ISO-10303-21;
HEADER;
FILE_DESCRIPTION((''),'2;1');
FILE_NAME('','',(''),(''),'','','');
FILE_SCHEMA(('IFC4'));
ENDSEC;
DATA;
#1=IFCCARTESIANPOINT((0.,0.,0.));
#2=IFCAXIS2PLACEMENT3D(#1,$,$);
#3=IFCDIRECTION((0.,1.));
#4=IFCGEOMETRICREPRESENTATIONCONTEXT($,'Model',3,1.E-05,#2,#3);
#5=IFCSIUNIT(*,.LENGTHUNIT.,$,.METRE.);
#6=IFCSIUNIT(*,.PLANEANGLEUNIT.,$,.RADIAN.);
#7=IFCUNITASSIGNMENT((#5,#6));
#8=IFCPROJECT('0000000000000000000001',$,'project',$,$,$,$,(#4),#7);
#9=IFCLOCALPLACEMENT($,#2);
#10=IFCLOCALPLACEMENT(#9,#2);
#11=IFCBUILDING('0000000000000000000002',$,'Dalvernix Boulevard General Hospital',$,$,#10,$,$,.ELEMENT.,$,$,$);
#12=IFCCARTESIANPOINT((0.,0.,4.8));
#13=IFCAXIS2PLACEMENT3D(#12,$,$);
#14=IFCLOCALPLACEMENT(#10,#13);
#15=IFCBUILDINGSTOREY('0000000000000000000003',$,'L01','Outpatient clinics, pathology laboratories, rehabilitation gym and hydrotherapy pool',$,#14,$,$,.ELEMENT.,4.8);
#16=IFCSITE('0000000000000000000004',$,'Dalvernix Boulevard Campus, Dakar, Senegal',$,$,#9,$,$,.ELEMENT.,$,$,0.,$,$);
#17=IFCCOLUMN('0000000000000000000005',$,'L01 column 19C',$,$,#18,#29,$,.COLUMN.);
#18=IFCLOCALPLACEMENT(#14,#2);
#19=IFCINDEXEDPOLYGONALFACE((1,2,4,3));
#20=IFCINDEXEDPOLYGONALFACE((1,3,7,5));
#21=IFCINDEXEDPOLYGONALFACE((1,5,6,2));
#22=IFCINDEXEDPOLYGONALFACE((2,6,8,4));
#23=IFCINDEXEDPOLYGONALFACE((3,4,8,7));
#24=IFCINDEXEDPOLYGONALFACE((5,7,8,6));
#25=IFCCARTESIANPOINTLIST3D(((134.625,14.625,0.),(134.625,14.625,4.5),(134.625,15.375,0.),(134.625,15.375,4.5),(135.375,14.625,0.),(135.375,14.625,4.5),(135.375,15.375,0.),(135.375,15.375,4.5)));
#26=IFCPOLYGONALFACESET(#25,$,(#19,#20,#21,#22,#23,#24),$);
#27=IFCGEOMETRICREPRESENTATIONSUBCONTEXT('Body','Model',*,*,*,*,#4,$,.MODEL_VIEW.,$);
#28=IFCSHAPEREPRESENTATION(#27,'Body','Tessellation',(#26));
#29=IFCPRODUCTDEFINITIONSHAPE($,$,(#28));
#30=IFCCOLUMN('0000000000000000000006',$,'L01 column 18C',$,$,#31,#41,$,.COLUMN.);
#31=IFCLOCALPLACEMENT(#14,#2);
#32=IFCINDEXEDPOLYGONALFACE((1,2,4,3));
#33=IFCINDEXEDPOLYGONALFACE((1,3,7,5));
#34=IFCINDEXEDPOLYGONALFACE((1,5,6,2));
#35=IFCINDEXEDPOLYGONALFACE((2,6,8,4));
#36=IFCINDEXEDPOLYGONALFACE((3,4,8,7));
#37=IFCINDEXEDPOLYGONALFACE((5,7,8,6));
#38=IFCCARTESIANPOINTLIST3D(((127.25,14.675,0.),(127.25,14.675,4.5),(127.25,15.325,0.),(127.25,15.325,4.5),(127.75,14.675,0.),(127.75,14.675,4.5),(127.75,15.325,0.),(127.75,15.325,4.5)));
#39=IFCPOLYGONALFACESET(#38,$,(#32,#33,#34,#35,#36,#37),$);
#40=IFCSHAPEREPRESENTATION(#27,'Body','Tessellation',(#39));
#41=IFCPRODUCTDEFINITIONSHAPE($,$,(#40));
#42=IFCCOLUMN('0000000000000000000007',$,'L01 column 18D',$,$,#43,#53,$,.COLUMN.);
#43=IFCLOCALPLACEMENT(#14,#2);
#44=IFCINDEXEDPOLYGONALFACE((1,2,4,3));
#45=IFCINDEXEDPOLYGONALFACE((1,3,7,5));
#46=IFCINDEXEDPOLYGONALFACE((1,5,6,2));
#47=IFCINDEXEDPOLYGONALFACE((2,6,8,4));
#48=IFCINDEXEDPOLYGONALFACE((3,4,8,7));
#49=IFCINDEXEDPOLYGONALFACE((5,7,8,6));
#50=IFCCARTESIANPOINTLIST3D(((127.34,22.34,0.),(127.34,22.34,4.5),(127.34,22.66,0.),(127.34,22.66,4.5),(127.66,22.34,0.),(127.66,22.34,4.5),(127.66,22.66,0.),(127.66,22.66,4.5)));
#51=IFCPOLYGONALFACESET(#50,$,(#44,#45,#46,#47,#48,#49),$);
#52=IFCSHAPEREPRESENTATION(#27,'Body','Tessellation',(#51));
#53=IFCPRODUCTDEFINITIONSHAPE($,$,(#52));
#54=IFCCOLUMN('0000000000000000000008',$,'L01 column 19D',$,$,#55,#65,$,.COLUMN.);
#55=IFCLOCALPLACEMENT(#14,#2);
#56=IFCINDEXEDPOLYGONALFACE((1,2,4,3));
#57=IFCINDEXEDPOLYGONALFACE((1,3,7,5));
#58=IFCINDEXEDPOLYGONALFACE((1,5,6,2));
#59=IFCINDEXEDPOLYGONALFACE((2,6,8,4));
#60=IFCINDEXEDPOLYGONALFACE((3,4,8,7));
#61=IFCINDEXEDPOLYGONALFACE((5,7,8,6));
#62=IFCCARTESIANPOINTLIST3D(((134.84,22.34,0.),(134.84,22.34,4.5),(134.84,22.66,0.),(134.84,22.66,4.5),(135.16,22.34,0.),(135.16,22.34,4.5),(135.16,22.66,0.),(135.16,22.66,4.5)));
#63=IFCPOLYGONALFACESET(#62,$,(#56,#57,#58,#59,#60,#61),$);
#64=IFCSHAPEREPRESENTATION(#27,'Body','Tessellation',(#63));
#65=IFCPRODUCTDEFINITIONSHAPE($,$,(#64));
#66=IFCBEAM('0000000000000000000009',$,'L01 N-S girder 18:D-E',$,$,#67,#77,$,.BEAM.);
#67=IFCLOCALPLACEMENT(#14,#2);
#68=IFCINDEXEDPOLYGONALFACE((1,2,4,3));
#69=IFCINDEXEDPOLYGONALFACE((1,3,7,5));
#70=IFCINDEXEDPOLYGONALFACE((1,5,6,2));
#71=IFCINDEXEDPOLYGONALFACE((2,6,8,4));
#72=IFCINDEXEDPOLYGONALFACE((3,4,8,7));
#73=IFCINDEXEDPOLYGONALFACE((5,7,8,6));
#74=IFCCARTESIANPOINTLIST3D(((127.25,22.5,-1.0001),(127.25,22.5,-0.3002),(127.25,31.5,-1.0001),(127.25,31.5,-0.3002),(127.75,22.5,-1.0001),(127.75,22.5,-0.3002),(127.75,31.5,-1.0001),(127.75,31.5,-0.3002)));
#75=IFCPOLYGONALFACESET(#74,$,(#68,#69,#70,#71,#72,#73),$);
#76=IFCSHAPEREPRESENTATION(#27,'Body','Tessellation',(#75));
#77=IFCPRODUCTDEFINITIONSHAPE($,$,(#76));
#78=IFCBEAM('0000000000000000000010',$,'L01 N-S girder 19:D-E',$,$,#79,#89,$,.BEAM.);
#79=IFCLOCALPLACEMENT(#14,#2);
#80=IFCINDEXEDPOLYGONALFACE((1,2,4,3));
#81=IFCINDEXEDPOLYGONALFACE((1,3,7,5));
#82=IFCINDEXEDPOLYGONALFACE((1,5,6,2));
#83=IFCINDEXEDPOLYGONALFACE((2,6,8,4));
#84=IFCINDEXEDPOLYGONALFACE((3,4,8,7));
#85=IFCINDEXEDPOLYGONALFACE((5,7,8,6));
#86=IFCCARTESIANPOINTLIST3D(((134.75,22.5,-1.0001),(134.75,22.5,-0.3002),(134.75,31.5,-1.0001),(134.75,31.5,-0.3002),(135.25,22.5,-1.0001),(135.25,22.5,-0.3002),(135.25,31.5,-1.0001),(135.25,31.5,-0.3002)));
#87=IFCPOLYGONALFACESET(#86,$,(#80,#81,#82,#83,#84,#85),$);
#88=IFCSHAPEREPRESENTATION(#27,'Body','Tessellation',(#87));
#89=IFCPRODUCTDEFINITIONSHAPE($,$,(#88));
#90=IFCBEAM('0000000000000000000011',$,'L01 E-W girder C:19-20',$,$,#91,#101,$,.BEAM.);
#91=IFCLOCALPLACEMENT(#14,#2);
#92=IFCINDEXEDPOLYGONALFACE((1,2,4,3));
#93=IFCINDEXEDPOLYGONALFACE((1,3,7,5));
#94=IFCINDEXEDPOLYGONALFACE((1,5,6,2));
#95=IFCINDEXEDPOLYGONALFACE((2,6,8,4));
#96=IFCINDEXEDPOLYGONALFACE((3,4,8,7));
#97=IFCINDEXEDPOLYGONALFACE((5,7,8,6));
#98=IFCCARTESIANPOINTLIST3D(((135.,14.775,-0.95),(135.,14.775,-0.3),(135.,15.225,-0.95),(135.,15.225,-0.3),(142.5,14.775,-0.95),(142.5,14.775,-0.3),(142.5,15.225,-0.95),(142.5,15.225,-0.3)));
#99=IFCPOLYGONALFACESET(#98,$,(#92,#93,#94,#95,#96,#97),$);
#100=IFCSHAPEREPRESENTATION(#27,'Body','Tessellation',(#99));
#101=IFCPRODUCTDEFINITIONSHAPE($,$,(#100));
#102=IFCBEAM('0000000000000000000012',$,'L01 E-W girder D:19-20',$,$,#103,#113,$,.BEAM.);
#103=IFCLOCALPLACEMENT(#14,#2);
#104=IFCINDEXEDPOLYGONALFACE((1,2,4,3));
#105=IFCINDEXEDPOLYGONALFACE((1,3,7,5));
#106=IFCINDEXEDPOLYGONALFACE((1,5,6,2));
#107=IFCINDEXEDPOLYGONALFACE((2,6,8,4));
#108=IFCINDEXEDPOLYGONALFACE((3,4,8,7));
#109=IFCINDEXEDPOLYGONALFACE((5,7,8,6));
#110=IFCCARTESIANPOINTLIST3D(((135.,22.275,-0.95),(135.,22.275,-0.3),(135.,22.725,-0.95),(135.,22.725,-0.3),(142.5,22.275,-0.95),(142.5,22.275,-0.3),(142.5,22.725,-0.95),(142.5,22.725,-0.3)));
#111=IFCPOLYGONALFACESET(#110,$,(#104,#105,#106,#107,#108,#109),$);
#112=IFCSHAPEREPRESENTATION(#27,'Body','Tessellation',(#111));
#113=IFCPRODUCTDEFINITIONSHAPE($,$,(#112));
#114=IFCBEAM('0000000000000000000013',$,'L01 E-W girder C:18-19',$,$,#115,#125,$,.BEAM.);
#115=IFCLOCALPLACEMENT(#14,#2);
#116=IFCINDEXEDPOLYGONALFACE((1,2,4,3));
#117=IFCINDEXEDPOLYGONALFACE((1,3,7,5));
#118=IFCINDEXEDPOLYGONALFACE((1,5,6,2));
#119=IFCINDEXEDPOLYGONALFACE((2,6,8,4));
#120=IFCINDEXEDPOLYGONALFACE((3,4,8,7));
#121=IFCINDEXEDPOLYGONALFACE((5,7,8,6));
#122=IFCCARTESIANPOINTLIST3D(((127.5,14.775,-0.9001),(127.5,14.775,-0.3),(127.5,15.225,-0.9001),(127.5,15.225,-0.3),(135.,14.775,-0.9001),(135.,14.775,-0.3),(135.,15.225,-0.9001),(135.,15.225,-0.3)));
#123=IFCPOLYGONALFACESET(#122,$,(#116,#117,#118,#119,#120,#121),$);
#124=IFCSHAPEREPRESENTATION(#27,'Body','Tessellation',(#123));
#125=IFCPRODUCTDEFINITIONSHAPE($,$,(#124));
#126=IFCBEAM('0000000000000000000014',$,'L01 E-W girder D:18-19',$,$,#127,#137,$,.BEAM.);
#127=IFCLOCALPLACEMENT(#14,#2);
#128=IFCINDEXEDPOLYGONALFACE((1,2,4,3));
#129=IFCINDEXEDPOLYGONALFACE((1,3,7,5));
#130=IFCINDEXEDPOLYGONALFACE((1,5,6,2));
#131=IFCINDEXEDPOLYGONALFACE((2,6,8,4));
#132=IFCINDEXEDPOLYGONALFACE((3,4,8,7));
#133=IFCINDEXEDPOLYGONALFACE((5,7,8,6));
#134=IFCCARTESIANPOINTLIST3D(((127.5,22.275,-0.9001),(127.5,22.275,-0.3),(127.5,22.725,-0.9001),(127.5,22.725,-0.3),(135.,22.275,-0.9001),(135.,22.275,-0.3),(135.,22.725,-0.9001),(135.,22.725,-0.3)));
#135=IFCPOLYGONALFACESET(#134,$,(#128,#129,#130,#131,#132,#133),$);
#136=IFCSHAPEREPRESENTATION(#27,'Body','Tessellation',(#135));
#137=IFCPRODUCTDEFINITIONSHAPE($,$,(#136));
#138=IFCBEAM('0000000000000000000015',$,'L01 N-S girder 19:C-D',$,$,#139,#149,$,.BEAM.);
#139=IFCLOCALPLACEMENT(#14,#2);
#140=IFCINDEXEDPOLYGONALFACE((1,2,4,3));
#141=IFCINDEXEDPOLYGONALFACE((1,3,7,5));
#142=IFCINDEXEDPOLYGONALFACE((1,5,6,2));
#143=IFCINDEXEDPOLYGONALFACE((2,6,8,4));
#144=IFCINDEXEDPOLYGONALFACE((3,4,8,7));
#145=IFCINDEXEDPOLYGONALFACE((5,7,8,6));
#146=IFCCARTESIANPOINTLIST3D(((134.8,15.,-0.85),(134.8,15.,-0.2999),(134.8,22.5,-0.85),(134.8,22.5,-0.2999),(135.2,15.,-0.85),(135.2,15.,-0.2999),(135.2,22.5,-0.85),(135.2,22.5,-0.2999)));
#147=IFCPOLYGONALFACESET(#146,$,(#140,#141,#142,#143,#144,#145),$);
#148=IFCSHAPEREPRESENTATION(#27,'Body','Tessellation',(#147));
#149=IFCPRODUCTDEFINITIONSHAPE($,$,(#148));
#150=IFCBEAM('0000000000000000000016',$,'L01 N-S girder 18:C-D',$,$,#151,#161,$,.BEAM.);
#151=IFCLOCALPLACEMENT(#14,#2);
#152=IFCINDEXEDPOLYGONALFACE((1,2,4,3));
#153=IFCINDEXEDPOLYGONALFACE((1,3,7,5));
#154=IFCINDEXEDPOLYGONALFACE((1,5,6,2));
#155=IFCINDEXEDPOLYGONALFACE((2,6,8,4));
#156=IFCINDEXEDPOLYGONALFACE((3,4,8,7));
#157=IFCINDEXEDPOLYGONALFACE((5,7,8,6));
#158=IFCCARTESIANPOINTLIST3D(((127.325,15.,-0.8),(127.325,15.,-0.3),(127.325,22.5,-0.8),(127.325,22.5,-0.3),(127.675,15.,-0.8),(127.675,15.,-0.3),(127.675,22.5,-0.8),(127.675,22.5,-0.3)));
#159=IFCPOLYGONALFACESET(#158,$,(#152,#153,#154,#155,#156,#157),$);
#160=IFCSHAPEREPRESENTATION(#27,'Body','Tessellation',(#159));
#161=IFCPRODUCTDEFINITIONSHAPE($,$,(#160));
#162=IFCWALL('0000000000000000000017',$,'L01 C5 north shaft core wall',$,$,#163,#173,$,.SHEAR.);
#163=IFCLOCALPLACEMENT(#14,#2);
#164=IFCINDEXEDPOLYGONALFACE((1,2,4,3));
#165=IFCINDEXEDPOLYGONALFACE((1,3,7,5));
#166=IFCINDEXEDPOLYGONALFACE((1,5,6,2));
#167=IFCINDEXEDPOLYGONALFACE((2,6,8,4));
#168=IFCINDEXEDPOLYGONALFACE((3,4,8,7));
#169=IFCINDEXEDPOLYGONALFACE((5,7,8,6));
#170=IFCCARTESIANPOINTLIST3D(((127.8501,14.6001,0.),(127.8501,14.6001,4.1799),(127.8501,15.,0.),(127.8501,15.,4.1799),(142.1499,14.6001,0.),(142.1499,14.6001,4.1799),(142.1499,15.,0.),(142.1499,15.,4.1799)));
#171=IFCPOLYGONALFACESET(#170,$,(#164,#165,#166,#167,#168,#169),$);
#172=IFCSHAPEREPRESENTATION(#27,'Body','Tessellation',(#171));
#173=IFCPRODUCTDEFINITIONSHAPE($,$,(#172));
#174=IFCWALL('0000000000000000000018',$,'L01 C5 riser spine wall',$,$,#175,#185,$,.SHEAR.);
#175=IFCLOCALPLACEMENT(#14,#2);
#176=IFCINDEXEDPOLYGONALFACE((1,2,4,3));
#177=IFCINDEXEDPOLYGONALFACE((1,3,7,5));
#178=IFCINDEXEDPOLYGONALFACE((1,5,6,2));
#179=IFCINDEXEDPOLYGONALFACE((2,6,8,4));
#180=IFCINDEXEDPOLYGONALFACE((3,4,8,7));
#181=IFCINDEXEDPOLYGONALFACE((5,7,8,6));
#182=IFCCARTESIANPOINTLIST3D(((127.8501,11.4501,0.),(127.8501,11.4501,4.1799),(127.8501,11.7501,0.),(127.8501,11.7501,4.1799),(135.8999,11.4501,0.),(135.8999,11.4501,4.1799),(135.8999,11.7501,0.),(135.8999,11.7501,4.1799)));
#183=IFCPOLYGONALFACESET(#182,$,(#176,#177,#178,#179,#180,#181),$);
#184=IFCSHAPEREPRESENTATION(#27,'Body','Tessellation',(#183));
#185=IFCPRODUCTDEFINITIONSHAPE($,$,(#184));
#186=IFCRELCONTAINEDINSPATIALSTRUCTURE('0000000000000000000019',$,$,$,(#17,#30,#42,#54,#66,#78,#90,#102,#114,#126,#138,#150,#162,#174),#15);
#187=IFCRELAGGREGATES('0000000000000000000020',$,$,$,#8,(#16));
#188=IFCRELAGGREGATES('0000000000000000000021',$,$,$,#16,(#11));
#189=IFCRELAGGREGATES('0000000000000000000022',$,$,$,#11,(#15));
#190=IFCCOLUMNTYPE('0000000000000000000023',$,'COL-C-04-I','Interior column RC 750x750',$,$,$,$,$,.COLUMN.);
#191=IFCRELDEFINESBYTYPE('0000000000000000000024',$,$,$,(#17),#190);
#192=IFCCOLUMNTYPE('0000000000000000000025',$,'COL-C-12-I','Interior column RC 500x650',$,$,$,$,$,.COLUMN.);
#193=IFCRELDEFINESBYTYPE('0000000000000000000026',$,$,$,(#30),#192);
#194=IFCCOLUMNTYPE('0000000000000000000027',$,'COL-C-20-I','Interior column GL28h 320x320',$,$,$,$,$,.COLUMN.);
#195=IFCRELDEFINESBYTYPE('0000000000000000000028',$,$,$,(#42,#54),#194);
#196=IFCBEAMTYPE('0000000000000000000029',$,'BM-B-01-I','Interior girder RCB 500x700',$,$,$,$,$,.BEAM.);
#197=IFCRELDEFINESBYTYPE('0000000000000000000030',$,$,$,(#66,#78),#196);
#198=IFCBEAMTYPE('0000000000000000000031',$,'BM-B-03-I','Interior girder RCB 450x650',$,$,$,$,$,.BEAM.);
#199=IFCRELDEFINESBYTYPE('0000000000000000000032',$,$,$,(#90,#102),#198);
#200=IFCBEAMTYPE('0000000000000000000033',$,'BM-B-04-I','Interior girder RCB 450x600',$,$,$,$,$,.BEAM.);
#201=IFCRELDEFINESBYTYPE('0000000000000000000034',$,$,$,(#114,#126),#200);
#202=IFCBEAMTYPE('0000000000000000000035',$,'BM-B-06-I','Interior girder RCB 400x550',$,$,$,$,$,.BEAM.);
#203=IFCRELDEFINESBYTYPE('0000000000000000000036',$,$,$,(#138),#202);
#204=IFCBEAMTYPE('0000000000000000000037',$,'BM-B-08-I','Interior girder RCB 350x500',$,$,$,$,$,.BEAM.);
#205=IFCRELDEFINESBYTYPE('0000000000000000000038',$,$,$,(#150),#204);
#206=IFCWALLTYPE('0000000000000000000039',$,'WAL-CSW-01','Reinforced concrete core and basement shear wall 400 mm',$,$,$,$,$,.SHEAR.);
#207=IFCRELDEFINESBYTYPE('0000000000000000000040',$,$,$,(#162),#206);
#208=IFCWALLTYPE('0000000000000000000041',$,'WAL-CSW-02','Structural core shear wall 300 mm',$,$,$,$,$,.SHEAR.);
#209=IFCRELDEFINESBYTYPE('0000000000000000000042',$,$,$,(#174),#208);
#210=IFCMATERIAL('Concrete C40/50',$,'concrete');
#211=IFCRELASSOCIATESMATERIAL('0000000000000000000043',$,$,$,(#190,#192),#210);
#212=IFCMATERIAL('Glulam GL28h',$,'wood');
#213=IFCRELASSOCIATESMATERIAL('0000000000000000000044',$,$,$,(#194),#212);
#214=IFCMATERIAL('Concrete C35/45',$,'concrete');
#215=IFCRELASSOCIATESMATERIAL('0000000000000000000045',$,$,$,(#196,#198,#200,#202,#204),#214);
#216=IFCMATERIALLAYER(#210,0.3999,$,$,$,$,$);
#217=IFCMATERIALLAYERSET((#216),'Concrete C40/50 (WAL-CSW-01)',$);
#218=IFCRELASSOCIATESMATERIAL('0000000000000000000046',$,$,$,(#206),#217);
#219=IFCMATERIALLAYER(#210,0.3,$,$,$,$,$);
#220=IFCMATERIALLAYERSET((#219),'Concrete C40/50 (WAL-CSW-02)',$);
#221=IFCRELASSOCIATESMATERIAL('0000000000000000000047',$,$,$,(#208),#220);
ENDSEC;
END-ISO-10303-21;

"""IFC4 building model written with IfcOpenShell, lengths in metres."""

from ifc_helpers import new_model, si_unit, direction, frame, frame_2d, origin, origin_2d, place, context, subcontext, project, spatial, rectangle, extrude, material, layer, layer_set, material_profile, profile_set, type_object, element, save


model = new_model("IFC4")

# Units and contexts
model_context = context("Model", 3, precision=1e-05, world=origin(), true_north=direction((0.0, 1.0)))
body_context = subcontext(model_context, "Body", "Model", "MODEL_VIEW")
ifc_project = project(units=[si_unit("LENGTHUNIT", "METRE"), si_unit("PLANEANGLEUNIT", "RADIAN")], contexts=[model_context])

# Site, building, storey
site_placement = place(None, origin())
site = spatial("IfcSite", under=ifc_project, at=site_placement, Name="Dalvernix Boulevard Campus, Dakar, Senegal", CompositionType="ELEMENT", RefElevation=0.0)
building_placement = place(site_placement, origin())
building = spatial("IfcBuilding", under=site, at=building_placement, Name="Dalvernix Boulevard General Hospital", CompositionType="ELEMENT")
storey_placement = place(building_placement, frame((0.0, 0.0, 4.8)))
storey = spatial("IfcBuildingStorey", under=building, at=storey_placement, Name="L01", Description="Outpatient clinics, pathology laboratories, rehabilitation gym and hydrotherapy pool", CompositionType="ELEMENT", Elevation=4.8)

# Columns
ifc_material_1 = material(Name="Concrete C40/50", Category="concrete")
ifc_material_profile_1 = material_profile(ifc_material_1, rectangle(XDim=0.75, YDim=0.75, at=origin_2d()), Name="RC 750x750")
ifc_profile_set_1 = profile_set([ifc_material_profile_1], Name="Concrete C40/50")
column_type_1 = type_object("IfcColumnType", Name="COL-C-04-I", Description="Interior column RC 750x750", PredefinedType="COLUMN", material=ifc_profile_set_1)
column_1_placement = place(storey_placement, frame((135.0, 15.0, 0.0), z_axis=(0.0, 0.0, 1.0), x_axis=(1.0, 0.0, 0.0)))
element("IfcColumn", 1, at=column_1_placement, inside=storey, type_object=column_type_1, Name="L01 column 19C", PredefinedType="COLUMN", context=body_context, shape_type="SweptSolid", body=[
    extrude(rectangle(XDim=0.75, YDim=0.75, at=origin_2d()), origin(), (0.0, 0.0, 1.0), 4.5),
])
ifc_material_profile_2 = material_profile(ifc_material_1, rectangle(XDim=0.5, YDim=0.6499, at=origin_2d()), Name="RC 500x650")
ifc_profile_set_2 = profile_set([ifc_material_profile_2], Name="Concrete C40/50")
column_type_2 = type_object("IfcColumnType", Name="COL-C-12-I", Description="Interior column RC 500x650", PredefinedType="COLUMN", material=ifc_profile_set_2)
column_2_placement = place(storey_placement, frame((127.5, 15.0, 0.0), z_axis=(0.0, 0.0, 1.0), x_axis=(1.0, 0.0, 0.0)))
element("IfcColumn", 2, at=column_2_placement, inside=storey, type_object=column_type_2, Name="L01 column 18C", PredefinedType="COLUMN", context=body_context, shape_type="SweptSolid", body=[
    extrude(rectangle(XDim=0.5, YDim=0.6499, at=origin_2d()), origin(), (0.0, 0.0, 1.0), 4.5),
])
ifc_material_2 = material(Name="Glulam GL28h", Category="wood")
ifc_material_profile_3 = material_profile(ifc_material_2, rectangle(XDim=0.3201, YDim=0.3201, at=origin_2d()), Name="GL28h 320x320")
ifc_profile_set_3 = profile_set([ifc_material_profile_3], Name="Glulam GL28h")
column_type_3 = type_object("IfcColumnType", Name="COL-C-20-I", Description="Interior column GL28h 320x320", PredefinedType="COLUMN", material=ifc_profile_set_3)
for number, where, z_axis, x_axis, name in (
    (3, (127.5, 22.5, 0.0), (0.0, 0.0, 1.0), (1.0, 0.0, 0.0), "L01 column 18D"),
    (4, (135.0, 22.5, 0.0), (0.0, 0.0, 1.0), (1.0, 0.0, 0.0), "L01 column 19D"),
):
    element("IfcColumn", number, at=place(storey_placement, frame(where, z_axis=z_axis, x_axis=x_axis)), inside=storey, type_object=column_type_3, Name=name, PredefinedType="COLUMN", context=body_context, shape_type="SweptSolid", body=[
        extrude(rectangle(XDim=0.3201, YDim=0.3201, at=origin_2d()), origin(), (0.0, 0.0, 1.0), 4.5),
    ])

# Beams
ifc_material_3 = material(Name="Concrete C35/45", Category="concrete")
ifc_material_profile_4 = material_profile(ifc_material_3, rectangle(XDim=0.5, YDim=0.7, at=origin_2d()), Name="RCB 500x700")
ifc_profile_set_4 = profile_set([ifc_material_profile_4], Name="Concrete C35/45")
beam_type_1 = type_object("IfcBeamType", Name="BM-B-01-I", Description="Interior girder RCB 500x700", PredefinedType="BEAM", material=ifc_profile_set_4)
for number, where, z_axis, x_axis, name in (
    (5, (127.5, 22.5, -0.6501), (0.0, 1.0, 0.0), (-1.0, 0.0, 0.0), "L01 N-S girder 18:D-E"),
    (6, (135.0, 22.5, -0.6501), (0.0, 1.0, 0.0), (-1.0, 0.0, 0.0), "L01 N-S girder 19:D-E"),
):
    element("IfcBeam", number, at=place(storey_placement, frame(where, z_axis=z_axis, x_axis=x_axis)), inside=storey, type_object=beam_type_1, Name=name, PredefinedType="BEAM", context=body_context, shape_type="SweptSolid", body=[
        extrude(rectangle(XDim=0.5, YDim=0.7, at=origin_2d()), origin(), (0.0, 0.0, 1.0), 9.0),
    ])
ifc_material_profile_5 = material_profile(ifc_material_3, rectangle(XDim=0.45, YDim=0.6499, at=origin_2d()), Name="RCB 450x650")
ifc_profile_set_5 = profile_set([ifc_material_profile_5], Name="Concrete C35/45")
beam_type_2 = type_object("IfcBeamType", Name="BM-B-03-I", Description="Interior girder RCB 450x650", PredefinedType="BEAM", material=ifc_profile_set_5)
for number, where, z_axis, x_axis, name in (
    (7, (135.0, 15.0, -0.625), (1.0, 0.0, 0.0), (0.0, 1.0, 0.0), "L01 E-W girder C:19-20"),
    (8, (135.0, 22.5, -0.625), (1.0, 0.0, 0.0), (0.0, 1.0, 0.0), "L01 E-W girder D:19-20"),
):
    element("IfcBeam", number, at=place(storey_placement, frame(where, z_axis=z_axis, x_axis=x_axis)), inside=storey, type_object=beam_type_2, Name=name, PredefinedType="BEAM", context=body_context, shape_type="SweptSolid", body=[
        extrude(rectangle(XDim=0.45, YDim=0.6499, at=origin_2d()), origin(), (0.0, 0.0, 1.0), 7.5),
    ])
ifc_material_profile_6 = material_profile(ifc_material_3, rectangle(XDim=0.45, YDim=0.6001, at=origin_2d()), Name="RCB 450x600")
ifc_profile_set_6 = profile_set([ifc_material_profile_6], Name="Concrete C35/45")
beam_type_3 = type_object("IfcBeamType", Name="BM-B-04-I", Description="Interior girder RCB 450x600", PredefinedType="BEAM", material=ifc_profile_set_6)
for number, where, z_axis, x_axis, name in (
    (9, (127.5, 15.0, -0.6001), (1.0, 0.0, 0.0), (0.0, 1.0, 0.0), "L01 E-W girder C:18-19"),
    (10, (127.5, 22.5, -0.6001), (1.0, 0.0, 0.0), (0.0, 1.0, 0.0), "L01 E-W girder D:18-19"),
):
    element("IfcBeam", number, at=place(storey_placement, frame(where, z_axis=z_axis, x_axis=x_axis)), inside=storey, type_object=beam_type_3, Name=name, PredefinedType="BEAM", context=body_context, shape_type="SweptSolid", body=[
        extrude(rectangle(XDim=0.45, YDim=0.6001, at=origin_2d()), origin(), (0.0, 0.0, 1.0), 7.5),
    ])
ifc_material_profile_7 = material_profile(ifc_material_3, rectangle(XDim=0.3999, YDim=0.55, at=origin_2d()), Name="RCB 400x550")
ifc_profile_set_7 = profile_set([ifc_material_profile_7], Name="Concrete C35/45")
beam_type_4 = type_object("IfcBeamType", Name="BM-B-06-I", Description="Interior girder RCB 400x550", PredefinedType="BEAM", material=ifc_profile_set_7)
beam_1_placement = place(storey_placement, frame((135.0, 15.0, -0.575), z_axis=(0.0, 1.0, 0.0), x_axis=(-1.0, 0.0, 0.0)))
element("IfcBeam", 11, at=beam_1_placement, inside=storey, type_object=beam_type_4, Name="L01 N-S girder 19:C-D", PredefinedType="BEAM", context=body_context, shape_type="SweptSolid", body=[
    extrude(rectangle(XDim=0.3999, YDim=0.55, at=origin_2d()), origin(), (0.0, 0.0, 1.0), 7.5),
])
ifc_material_profile_8 = material_profile(ifc_material_3, rectangle(XDim=0.3501, YDim=0.5, at=origin_2d()), Name="RCB 350x500")
ifc_profile_set_8 = profile_set([ifc_material_profile_8], Name="Concrete C35/45")
beam_type_5 = type_object("IfcBeamType", Name="BM-B-08-I", Description="Interior girder RCB 350x500", PredefinedType="BEAM", material=ifc_profile_set_8)
beam_2_placement = place(storey_placement, frame((127.5, 15.0, -0.55), z_axis=(0.0, 1.0, 0.0), x_axis=(-1.0, 0.0, 0.0)))
element("IfcBeam", 12, at=beam_2_placement, inside=storey, type_object=beam_type_5, Name="L01 N-S girder 18:C-D", PredefinedType="BEAM", context=body_context, shape_type="SweptSolid", body=[
    extrude(rectangle(XDim=0.3501, YDim=0.5, at=origin_2d()), origin(), (0.0, 0.0, 1.0), 7.5),
])

# Walls
ifc_layer_1 = layer(ifc_material_1, 0.3999)
ifc_layer_set_1 = layer_set([ifc_layer_1], Name="Concrete C40/50 (WAL-CSW-01)")
wall_type_1 = type_object("IfcWallType", Name="WAL-CSW-01", Description="Reinforced concrete core and basement shear wall 400 mm", PredefinedType="SHEAR", material=ifc_layer_set_1)
wall_1_placement = place(storey_placement, frame((127.8501, 14.8, 0.0), z_axis=(0.0, 0.0, 1.0), x_axis=(1.0, 0.0, 0.0)))
element("IfcWall", 13, at=wall_1_placement, inside=storey, type_object=wall_type_1, Name="L01 C5 north shaft core wall", PredefinedType="SHEAR", context=body_context, shape_type="SweptSolid", body=[
    extrude(rectangle(XDim=14.2998, YDim=0.3999, at=frame_2d((7.1499, 0.0))), origin(), (0.0, 0.0, 1.0), 4.1799),
])
ifc_layer_2 = layer(ifc_material_1, 0.3)
ifc_layer_set_2 = layer_set([ifc_layer_2], Name="Concrete C40/50 (WAL-CSW-02)")
wall_type_2 = type_object("IfcWallType", Name="WAL-CSW-02", Description="Structural core shear wall 300 mm", PredefinedType="SHEAR", material=ifc_layer_set_2)
wall_2_placement = place(storey_placement, frame((127.8501, 11.6001, 0.0), z_axis=(0.0, 0.0, 1.0), x_axis=(1.0, 0.0, 0.0)))
element("IfcWall", 14, at=wall_2_placement, inside=storey, type_object=wall_type_2, Name="L01 C5 riser spine wall", PredefinedType="SHEAR", context=body_context, shape_type="SweptSolid", body=[
    extrude(rectangle(XDim=8.0498, YDim=0.3, at=frame_2d((4.0249, 0.0))), origin(), (0.0, 0.0, 1.0), 4.1799),
])

save(model, "model.ifc")
